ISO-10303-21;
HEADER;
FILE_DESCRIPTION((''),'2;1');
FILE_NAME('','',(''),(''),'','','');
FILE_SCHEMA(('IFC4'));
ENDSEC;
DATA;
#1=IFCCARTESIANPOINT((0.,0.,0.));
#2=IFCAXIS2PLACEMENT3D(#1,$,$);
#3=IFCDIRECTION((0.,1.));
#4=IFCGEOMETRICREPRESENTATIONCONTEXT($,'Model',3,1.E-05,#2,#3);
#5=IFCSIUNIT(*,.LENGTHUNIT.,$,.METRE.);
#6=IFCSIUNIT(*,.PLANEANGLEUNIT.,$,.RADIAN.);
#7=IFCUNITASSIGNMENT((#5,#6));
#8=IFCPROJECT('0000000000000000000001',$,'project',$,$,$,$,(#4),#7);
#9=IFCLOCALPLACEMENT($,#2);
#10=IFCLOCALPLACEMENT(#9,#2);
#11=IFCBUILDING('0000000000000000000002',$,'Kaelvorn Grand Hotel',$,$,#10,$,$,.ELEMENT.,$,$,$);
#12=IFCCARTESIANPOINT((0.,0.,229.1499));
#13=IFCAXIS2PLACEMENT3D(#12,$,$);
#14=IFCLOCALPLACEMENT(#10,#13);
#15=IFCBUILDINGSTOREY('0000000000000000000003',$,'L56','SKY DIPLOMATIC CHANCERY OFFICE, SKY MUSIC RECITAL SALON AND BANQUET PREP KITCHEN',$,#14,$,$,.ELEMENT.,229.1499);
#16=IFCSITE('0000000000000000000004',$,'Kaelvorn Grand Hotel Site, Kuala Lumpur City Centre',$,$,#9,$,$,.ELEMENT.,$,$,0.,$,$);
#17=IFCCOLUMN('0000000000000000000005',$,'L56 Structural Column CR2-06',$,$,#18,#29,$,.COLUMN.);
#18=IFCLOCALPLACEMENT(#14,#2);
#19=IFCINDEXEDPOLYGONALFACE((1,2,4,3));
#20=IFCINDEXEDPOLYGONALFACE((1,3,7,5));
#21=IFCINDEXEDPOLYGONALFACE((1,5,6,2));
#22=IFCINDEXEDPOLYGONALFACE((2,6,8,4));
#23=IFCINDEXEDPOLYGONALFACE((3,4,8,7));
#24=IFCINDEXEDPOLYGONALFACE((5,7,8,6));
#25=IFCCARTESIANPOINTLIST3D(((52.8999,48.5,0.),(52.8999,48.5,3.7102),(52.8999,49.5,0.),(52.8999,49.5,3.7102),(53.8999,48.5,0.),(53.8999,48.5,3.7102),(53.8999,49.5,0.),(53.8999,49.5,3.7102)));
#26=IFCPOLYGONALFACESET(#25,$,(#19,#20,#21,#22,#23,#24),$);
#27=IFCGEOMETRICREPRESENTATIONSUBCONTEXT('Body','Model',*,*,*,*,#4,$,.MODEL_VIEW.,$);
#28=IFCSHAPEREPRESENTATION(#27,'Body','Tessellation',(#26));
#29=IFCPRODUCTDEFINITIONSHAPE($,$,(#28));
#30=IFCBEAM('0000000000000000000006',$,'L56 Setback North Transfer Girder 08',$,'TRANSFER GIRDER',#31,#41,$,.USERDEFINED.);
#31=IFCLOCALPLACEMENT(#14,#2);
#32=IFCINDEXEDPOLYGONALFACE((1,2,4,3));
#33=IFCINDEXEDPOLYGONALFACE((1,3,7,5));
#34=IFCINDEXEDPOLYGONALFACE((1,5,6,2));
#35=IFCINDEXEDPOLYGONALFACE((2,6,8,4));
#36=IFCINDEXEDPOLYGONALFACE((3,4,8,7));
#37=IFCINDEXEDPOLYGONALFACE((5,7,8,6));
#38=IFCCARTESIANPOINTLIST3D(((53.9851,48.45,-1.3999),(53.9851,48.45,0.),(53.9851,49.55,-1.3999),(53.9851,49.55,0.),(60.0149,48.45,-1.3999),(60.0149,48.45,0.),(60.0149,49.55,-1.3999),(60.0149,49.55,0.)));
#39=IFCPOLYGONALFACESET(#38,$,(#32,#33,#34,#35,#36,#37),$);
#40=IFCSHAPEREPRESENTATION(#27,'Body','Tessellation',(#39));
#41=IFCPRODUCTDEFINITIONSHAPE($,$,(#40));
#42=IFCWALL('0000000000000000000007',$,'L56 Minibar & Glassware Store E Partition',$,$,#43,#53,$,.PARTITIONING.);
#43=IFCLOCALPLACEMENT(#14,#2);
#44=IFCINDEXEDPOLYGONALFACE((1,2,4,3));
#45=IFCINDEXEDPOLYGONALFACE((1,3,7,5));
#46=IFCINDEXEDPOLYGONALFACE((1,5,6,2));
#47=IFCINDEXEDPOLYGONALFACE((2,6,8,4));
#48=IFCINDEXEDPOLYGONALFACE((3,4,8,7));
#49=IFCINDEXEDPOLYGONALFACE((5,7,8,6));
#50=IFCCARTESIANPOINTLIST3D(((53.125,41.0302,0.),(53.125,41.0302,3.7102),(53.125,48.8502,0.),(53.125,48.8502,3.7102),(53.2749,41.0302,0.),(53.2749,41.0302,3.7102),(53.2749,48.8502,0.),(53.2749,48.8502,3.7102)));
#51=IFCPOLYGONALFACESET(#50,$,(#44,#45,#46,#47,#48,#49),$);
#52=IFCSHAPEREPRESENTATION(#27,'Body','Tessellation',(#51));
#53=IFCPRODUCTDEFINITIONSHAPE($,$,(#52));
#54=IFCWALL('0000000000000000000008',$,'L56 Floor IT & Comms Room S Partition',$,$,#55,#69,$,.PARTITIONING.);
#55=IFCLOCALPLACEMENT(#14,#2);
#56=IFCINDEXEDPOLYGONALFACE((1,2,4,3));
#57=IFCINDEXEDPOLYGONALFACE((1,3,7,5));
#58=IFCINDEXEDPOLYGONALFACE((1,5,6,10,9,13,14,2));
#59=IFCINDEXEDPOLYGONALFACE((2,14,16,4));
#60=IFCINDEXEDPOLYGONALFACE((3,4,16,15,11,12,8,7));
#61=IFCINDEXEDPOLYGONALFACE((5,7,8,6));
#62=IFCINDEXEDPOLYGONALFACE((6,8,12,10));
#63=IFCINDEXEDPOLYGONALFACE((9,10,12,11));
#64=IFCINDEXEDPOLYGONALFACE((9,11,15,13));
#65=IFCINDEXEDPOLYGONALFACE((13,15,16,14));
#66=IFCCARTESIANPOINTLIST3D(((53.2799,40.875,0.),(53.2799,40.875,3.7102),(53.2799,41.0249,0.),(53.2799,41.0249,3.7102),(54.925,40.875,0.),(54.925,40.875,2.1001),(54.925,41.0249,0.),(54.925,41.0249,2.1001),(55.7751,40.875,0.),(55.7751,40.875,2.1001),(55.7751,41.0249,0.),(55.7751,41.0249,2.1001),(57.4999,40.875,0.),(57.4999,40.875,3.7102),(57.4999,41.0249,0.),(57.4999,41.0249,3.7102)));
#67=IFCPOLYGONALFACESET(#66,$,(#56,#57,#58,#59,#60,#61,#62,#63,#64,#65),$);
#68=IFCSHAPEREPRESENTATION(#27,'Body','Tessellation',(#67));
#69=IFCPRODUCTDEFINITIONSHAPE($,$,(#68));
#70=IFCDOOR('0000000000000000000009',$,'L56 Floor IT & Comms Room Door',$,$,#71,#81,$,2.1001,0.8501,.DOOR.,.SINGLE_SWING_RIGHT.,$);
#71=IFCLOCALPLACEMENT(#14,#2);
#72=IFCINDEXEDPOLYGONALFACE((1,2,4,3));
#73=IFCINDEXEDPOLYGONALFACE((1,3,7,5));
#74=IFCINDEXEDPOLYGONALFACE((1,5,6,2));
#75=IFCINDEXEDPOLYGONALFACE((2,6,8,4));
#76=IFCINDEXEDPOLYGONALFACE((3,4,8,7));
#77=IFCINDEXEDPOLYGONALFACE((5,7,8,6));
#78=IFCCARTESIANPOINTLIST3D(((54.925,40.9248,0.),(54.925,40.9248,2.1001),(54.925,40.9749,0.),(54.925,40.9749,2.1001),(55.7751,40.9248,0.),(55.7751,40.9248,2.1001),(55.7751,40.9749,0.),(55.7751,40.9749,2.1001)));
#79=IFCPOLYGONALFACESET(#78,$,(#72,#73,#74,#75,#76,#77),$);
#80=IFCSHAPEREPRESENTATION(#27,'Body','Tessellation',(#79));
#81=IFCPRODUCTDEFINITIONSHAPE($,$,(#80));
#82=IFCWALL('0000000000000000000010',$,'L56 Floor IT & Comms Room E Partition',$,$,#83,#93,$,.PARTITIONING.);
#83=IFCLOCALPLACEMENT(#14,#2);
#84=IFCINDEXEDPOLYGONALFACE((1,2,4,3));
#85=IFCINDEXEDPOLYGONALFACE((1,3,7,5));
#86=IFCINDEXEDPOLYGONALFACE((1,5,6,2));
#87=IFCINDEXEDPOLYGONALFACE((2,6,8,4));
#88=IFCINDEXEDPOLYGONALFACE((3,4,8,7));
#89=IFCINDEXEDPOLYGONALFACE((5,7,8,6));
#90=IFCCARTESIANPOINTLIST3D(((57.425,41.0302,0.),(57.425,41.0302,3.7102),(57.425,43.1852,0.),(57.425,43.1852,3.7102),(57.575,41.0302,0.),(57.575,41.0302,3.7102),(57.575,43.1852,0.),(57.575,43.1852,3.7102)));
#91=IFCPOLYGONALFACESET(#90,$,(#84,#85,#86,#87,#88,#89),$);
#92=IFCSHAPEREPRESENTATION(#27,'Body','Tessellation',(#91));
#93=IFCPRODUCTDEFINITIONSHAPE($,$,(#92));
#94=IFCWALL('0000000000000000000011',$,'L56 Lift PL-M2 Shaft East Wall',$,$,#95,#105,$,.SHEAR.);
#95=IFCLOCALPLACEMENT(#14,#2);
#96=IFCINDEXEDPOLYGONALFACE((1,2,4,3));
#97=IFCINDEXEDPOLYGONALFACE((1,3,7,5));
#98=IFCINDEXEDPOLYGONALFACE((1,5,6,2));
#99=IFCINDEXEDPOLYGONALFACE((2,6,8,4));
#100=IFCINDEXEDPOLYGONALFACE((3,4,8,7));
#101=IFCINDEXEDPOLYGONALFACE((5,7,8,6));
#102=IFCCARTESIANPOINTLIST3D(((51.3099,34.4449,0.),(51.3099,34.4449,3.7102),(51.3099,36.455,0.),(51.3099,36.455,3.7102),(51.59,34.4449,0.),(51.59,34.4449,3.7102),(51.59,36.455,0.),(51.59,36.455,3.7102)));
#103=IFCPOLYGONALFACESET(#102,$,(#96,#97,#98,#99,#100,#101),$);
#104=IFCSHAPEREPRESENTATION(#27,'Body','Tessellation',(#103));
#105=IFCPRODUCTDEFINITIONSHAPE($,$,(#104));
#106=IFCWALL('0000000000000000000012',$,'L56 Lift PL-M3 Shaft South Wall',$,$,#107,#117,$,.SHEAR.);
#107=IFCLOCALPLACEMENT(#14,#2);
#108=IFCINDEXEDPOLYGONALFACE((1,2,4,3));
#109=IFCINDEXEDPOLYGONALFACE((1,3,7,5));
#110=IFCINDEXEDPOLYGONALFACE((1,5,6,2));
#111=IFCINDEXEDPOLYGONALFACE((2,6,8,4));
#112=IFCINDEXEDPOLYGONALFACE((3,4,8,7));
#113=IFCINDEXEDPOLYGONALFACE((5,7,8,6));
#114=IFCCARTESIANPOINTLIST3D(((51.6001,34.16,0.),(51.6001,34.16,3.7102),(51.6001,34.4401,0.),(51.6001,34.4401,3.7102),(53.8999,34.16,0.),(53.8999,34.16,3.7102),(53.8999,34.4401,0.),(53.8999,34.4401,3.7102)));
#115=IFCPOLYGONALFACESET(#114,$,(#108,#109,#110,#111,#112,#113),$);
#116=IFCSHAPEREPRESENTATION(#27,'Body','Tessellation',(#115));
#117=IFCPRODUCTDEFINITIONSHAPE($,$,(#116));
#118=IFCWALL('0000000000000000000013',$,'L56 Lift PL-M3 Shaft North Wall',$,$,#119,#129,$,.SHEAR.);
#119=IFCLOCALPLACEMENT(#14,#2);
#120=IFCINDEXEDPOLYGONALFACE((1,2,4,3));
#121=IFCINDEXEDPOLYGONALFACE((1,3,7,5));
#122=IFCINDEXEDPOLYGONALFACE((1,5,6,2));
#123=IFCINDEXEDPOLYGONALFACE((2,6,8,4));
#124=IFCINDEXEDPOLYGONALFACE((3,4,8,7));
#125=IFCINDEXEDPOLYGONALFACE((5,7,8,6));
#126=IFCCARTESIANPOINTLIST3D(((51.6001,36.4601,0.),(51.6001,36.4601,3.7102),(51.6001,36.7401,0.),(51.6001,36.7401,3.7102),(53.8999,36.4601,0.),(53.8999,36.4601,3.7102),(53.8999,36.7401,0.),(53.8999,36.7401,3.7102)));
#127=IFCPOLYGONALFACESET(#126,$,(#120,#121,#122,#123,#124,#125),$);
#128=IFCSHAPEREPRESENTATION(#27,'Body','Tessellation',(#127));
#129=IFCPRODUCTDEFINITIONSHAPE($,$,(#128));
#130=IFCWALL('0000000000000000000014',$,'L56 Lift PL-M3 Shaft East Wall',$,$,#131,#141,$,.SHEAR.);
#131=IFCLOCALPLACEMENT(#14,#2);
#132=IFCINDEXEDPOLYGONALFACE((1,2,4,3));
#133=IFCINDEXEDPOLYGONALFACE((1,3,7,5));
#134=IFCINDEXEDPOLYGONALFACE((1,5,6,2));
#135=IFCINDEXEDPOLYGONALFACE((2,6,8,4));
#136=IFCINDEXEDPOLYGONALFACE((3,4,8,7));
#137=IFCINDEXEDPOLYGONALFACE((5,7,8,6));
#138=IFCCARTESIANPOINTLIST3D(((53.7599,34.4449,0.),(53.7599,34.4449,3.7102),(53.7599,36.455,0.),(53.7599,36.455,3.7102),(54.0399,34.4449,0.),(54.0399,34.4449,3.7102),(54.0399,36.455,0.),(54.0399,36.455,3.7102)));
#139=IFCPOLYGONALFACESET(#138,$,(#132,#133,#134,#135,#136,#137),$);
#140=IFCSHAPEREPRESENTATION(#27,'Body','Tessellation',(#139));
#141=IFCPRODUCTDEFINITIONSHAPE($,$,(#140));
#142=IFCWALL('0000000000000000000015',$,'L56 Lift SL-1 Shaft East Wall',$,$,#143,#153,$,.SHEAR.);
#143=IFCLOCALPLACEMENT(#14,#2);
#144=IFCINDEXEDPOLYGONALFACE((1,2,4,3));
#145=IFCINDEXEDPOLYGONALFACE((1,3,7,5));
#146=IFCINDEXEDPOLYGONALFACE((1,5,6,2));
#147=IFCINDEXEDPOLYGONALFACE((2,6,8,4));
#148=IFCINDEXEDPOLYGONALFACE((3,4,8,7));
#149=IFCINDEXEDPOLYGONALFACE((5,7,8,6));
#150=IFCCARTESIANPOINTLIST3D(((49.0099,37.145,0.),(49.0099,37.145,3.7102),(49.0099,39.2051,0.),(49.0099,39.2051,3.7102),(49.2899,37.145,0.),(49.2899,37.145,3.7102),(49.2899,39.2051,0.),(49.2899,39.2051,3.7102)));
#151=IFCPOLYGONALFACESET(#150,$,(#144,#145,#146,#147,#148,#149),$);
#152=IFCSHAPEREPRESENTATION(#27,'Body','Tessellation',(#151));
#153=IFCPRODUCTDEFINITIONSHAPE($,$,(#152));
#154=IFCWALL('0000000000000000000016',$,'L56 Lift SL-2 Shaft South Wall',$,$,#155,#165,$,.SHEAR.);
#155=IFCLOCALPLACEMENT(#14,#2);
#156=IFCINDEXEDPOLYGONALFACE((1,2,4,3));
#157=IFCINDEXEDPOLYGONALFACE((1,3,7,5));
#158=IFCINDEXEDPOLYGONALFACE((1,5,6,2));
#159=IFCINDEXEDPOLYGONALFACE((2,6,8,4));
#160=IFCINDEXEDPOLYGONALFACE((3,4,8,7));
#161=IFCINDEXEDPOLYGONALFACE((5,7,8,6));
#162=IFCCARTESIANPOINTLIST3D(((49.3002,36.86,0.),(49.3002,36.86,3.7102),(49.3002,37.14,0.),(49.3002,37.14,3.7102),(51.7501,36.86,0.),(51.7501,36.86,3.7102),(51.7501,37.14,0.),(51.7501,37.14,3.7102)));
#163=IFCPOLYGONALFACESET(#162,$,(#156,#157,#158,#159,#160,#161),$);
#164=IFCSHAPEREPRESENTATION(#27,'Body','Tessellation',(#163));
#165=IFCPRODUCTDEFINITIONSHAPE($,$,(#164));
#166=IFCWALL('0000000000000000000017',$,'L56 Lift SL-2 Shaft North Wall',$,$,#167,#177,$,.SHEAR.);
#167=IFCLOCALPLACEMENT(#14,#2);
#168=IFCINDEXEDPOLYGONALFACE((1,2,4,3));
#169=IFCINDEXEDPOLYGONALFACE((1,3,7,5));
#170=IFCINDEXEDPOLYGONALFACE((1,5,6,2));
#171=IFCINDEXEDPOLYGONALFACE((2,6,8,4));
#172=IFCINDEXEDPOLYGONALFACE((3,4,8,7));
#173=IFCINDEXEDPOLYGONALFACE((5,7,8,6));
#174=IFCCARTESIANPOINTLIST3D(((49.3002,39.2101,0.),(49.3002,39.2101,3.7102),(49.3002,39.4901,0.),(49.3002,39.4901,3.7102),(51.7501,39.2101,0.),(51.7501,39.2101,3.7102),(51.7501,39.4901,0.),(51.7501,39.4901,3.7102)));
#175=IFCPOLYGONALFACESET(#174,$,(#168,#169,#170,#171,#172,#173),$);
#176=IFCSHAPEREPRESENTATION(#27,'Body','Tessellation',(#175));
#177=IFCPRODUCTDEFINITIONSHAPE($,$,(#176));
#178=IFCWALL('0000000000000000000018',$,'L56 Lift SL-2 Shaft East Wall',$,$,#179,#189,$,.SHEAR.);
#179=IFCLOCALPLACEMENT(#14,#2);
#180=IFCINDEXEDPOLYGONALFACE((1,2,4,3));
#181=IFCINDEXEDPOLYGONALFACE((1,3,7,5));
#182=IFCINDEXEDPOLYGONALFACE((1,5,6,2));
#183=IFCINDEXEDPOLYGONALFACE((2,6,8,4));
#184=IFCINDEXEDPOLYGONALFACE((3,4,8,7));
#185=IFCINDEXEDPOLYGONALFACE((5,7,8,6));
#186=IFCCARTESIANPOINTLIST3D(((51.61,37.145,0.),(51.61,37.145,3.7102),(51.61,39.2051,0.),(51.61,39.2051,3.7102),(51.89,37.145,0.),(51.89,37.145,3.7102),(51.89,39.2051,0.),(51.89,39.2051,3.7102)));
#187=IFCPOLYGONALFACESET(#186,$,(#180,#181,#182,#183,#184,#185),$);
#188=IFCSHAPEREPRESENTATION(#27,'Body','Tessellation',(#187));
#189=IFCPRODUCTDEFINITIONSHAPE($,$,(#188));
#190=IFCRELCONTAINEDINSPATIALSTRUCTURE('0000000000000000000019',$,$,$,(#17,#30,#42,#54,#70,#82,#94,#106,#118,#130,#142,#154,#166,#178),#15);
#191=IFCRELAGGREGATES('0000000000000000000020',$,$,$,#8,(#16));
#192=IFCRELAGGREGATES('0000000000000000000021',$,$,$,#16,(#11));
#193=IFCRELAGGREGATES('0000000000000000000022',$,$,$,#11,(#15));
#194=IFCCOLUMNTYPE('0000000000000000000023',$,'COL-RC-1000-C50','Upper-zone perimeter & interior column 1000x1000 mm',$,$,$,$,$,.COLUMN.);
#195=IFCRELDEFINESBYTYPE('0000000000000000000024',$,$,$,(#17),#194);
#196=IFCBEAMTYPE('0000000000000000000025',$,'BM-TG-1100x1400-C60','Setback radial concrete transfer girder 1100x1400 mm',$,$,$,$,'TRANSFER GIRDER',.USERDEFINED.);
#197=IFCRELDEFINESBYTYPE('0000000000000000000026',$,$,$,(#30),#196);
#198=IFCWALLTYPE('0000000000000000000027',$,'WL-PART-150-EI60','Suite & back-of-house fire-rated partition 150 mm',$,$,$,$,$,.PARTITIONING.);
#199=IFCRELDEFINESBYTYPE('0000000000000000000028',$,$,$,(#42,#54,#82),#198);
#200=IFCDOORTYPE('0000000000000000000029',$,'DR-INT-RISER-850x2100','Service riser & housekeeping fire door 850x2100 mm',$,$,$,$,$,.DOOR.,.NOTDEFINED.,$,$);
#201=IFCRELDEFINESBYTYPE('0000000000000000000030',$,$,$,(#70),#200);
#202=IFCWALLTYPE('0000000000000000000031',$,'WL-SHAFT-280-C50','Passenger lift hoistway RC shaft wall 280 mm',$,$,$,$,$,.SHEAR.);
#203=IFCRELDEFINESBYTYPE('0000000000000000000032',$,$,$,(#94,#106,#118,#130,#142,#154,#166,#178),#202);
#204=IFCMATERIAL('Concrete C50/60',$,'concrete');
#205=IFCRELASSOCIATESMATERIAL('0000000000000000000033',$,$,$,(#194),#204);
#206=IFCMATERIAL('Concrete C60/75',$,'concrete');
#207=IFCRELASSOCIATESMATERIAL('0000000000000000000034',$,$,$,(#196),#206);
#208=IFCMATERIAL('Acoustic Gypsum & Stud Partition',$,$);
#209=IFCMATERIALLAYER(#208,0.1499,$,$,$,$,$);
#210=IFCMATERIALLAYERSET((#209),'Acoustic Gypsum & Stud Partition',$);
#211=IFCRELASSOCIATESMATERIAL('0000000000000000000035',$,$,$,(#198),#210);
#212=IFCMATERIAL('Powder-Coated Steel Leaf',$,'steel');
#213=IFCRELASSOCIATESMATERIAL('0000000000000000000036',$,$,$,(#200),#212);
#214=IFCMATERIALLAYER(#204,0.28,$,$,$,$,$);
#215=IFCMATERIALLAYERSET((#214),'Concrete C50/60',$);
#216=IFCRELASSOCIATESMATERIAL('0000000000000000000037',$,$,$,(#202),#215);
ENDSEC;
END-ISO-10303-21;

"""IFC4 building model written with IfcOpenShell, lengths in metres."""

from ifc_helpers import new_model, si_unit, direction, frame, frame_2d, origin, origin_2d, place, context, subcontext, project, spatial, rectangle, extrude, material, layer, layer_set, material_profile, profile_set, type_object, element, fill, save


model = new_model("IFC4")

# Units and contexts
model_context = context("Model", 3, precision=1e-05, world=origin(), true_north=direction((0.0, 1.0)))
body_context = subcontext(model_context, "Body", "Model", "MODEL_VIEW")
ifc_project = project(units=[si_unit("LENGTHUNIT", "METRE"), si_unit("PLANEANGLEUNIT", "RADIAN")], contexts=[model_context])

# Site, building, storey
site_placement = place(None, origin())
site = spatial("IfcSite", under=ifc_project, at=site_placement, Name="Kaelvorn Grand Hotel Site, Kuala Lumpur City Centre", CompositionType="ELEMENT", RefElevation=0.0)
building_placement = place(site_placement, origin())
building = spatial("IfcBuilding", under=site, at=building_placement, Name="Kaelvorn Grand Hotel", CompositionType="ELEMENT")
storey_placement = place(building_placement, frame((0.0, 0.0, 229.1499)))
storey = spatial("IfcBuildingStorey", under=building, at=storey_placement, Name="L56", Description="SKY DIPLOMATIC CHANCERY OFFICE, SKY MUSIC RECITAL SALON AND BANQUET PREP KITCHEN", CompositionType="ELEMENT", Elevation=229.1499)

# Column
ifc_material_1 = material(Name="Concrete C50/60", Category="concrete")
ifc_material_profile_1 = material_profile(ifc_material_1, rectangle(XDim=1.0, YDim=1.0, at=origin_2d()), Name="RC COL 1000x1000")
ifc_profile_set_1 = profile_set([ifc_material_profile_1], Name="Concrete C50/60")
column_type = type_object("IfcColumnType", Name="COL-RC-1000-C50", Description="Upper-zone perimeter & interior column 1000x1000 mm", PredefinedType="COLUMN", material=ifc_profile_set_1)
column_placement = place(storey_placement, frame((53.3999, 49.0, 0.0), z_axis=(0.0, 0.0, 1.0), x_axis=(1.0, 0.0, 0.0)))
element("IfcColumn", 1, at=column_placement, inside=storey, type_object=column_type, Name="L56 Structural Column CR2-06", PredefinedType="COLUMN", context=body_context, shape_type="SweptSolid", body=[
    extrude(rectangle(XDim=1.0, YDim=1.0, at=origin_2d()), origin(), (0.0, 0.0, 1.0), 3.7102),
])

# Beam
ifc_material_2 = material(Name="Concrete C60/75", Category="concrete")
ifc_material_profile_2 = material_profile(ifc_material_2, rectangle(XDim=1.1001, YDim=1.3999, at=origin_2d()), Name="RC TG 1100x1400")
ifc_profile_set_2 = profile_set([ifc_material_profile_2], Name="Concrete C60/75")
beam_type = type_object("IfcBeamType", Name="BM-TG-1100x1400-C60", Description="Setback radial concrete transfer girder 1100x1400 mm", ElementType="TRANSFER GIRDER", PredefinedType="USERDEFINED", material=ifc_profile_set_2)
beam_placement = place(storey_placement, frame((53.9851, 49.0, -0.7), z_axis=(1.0, 0.0, 0.0), x_axis=(0.0, 1.0, 0.0)))
element("IfcBeam", 2, at=beam_placement, inside=storey, type_object=beam_type, Name="L56 Setback North Transfer Girder 08", ObjectType="TRANSFER GIRDER", PredefinedType="USERDEFINED", context=body_context, shape_type="SweptSolid", body=[
    extrude(rectangle(XDim=1.1001, YDim=1.3999, at=origin_2d()), origin(), (0.0, 0.0, 1.0), 6.0298),
])

# Wall
ifc_material_3 = material(Name="Acoustic Gypsum & Stud Partition")
ifc_layer_1 = layer(ifc_material_3, 0.1499)
ifc_layer_set_1 = layer_set([ifc_layer_1], Name="Acoustic Gypsum & Stud Partition")
wall_type_1 = type_object("IfcWallType", Name="WL-PART-150-EI60", Description="Suite & back-of-house fire-rated partition 150 mm", PredefinedType="PARTITIONING", material=ifc_layer_set_1)
wall_1_placement = place(storey_placement, frame((53.2, 41.03, 0.0), z_axis=(0.0, 0.0, 1.0), x_axis=(0.0, 1.0, 0.0)))
element("IfcWall", 3, at=wall_1_placement, inside=storey, type_object=wall_type_1, Name="L56 Minibar & Glassware Store E Partition", PredefinedType="PARTITIONING", context=body_context, shape_type="SweptSolid", body=[
    extrude(rectangle(XDim=7.8201, YDim=0.1499, at=frame_2d((3.9102, 0.0))), origin(), (0.0, 0.0, 1.0), 3.7102),
])

# Wall, opening, door
wall_2_placement = place(storey_placement, frame((53.28, 40.95, 0.0), z_axis=(0.0, 0.0, 1.0), x_axis=(1.0, 0.0, 0.0)))
wall_2 = element("IfcWall", 4, at=wall_2_placement, inside=storey, type_object=wall_type_1, Name="L56 Floor IT & Comms Room S Partition", PredefinedType="PARTITIONING", context=body_context, shape_type="SweptSolid", body=[
    extrude(rectangle(XDim=4.22, YDim=0.1499, at=frame_2d((2.1099, 0.0))), origin(), (0.0, 0.0, 1.0), 3.7102),
])
opening_1_placement = place(wall_2_placement, frame((1.645, 0.0, 0.0)))
opening_1 = element("IfcOpeningElement", 5, at=opening_1_placement, cuts=wall_2, PredefinedType="OPENING", context=body_context, shape_type="SweptSolid", body=[
    extrude(rectangle(XDim=0.8501, YDim=2.1001, at=frame_2d((0.425, 1.05))), frame((0.0, 0.085, 0.0), z_axis=(0.0, -1.0, 0.0), x_axis=(1.0, 0.0, 0.0)), (0.0, 0.0, 1.0), 0.1699),
])
ifc_material_4 = material(Name="Powder-Coated Steel Leaf", Category="steel")
door_type_1 = type_object("IfcDoorType", Name="DR-INT-RISER-850x2100", Description="Service riser & housekeeping fire door 850x2100 mm", OperationType="NOTDEFINED", PredefinedType="DOOR", material=ifc_material_4)
door_1_placement = place(opening_1_placement, origin())
door_1 = element("IfcDoor", 6, at=door_1_placement, inside=storey, type_object=door_type_1, Name="L56 Floor IT & Comms Room Door", OperationType="SINGLE_SWING_RIGHT", OverallHeight=2.1001, OverallWidth=0.8501, PredefinedType="DOOR", context=body_context, shape_type="SweptSolid", body=[
    extrude(rectangle(XDim=0.8501, YDim=2.1001, at=frame_2d((0.425, 1.05))), frame((0.0, 0.0249, 0.0), z_axis=(0.0, -1.0, 0.0), x_axis=(1.0, 0.0, 0.0)), (0.0, 0.0, 1.0), 0.05),
])
fill(opening_1, door_1)

# Wall
wall_3_placement = place(storey_placement, frame((57.5, 41.03, 0.0), z_axis=(0.0, 0.0, 1.0), x_axis=(0.0, 1.0, 0.0)))
element("IfcWall", 7, at=wall_3_placement, inside=storey, type_object=wall_type_1, Name="L56 Floor IT & Comms Room E Partition", PredefinedType="PARTITIONING", context=body_context, shape_type="SweptSolid", body=[
    extrude(rectangle(XDim=2.155, YDim=0.1499, at=frame_2d((1.0776, 0.0))), origin(), (0.0, 0.0, 1.0), 3.7102),
])

# Walls
ifc_layer_2 = layer(ifc_material_1, 0.28)
ifc_layer_set_2 = layer_set([ifc_layer_2], Name="Concrete C50/60")
wall_type_2 = type_object("IfcWallType", Name="WL-SHAFT-280-C50", Description="Passenger lift hoistway RC shaft wall 280 mm", PredefinedType="SHEAR", material=ifc_layer_set_2)
wall_4_placement = place(storey_placement, frame((51.45, 34.4451, 0.0), z_axis=(0.0, 0.0, 1.0), x_axis=(0.0, 1.0, 0.0)))
element("IfcWall", 8, at=wall_4_placement, inside=storey, type_object=wall_type_2, Name="L56 Lift PL-M2 Shaft East Wall", PredefinedType="SHEAR", context=body_context, shape_type="SweptSolid", body=[
    extrude(rectangle(XDim=2.01, YDim=0.28, at=frame_2d((1.0049, 0.0))), origin(), (0.0, 0.0, 1.0), 3.7102),
])
for number, where, z_axis, x_axis, name in (
    (9, (51.6001, 34.3, 0.0), (0.0, 0.0, 1.0), (1.0, 0.0, 0.0), "L56 Lift PL-M3 Shaft South Wall"),
    (10, (51.6001, 36.6001, 0.0), (0.0, 0.0, 1.0), (1.0, 0.0, 0.0), "L56 Lift PL-M3 Shaft North Wall"),
):
    element("IfcWall", number, at=place(storey_placement, frame(where, z_axis=z_axis, x_axis=x_axis)), inside=storey, type_object=wall_type_2, Name=name, PredefinedType="SHEAR", context=body_context, shape_type="SweptSolid", body=[
        extrude(rectangle(XDim=2.2998, YDim=0.28, at=frame_2d((1.1499, 0.0))), origin(), (0.0, 0.0, 1.0), 3.7102),
    ])
wall_5_placement = place(storey_placement, frame((53.8999, 34.4451, 0.0), z_axis=(0.0, 0.0, 1.0), x_axis=(0.0, 1.0, 0.0)))
element("IfcWall", 11, at=wall_5_placement, inside=storey, type_object=wall_type_2, Name="L56 Lift PL-M3 Shaft East Wall", PredefinedType="SHEAR", context=body_context, shape_type="SweptSolid", body=[
    extrude(rectangle(XDim=2.01, YDim=0.28, at=frame_2d((1.0049, 0.0))), origin(), (0.0, 0.0, 1.0), 3.7102),
])
wall_6_placement = place(storey_placement, frame((49.1499, 37.145, 0.0), z_axis=(0.0, 0.0, 1.0), x_axis=(0.0, 1.0, 0.0)))
element("IfcWall", 12, at=wall_6_placement, inside=storey, type_object=wall_type_2, Name="L56 Lift SL-1 Shaft East Wall", PredefinedType="SHEAR", context=body_context, shape_type="SweptSolid", body=[
    extrude(rectangle(XDim=2.0601, YDim=0.28, at=frame_2d((1.03, 0.0))), origin(), (0.0, 0.0, 1.0), 3.7102),
])
for number, where, z_axis, x_axis, name in (
    (13, (49.3, 37.0, 0.0), (0.0, 0.0, 1.0), (1.0, 0.0, 0.0), "L56 Lift SL-2 Shaft South Wall"),
    (14, (49.3, 39.3501, 0.0), (0.0, 0.0, 1.0), (1.0, 0.0, 0.0), "L56 Lift SL-2 Shaft North Wall"),
):
    element("IfcWall", number, at=place(storey_placement, frame(where, z_axis=z_axis, x_axis=x_axis)), inside=storey, type_object=wall_type_2, Name=name, PredefinedType="SHEAR", context=body_context, shape_type="SweptSolid", body=[
        extrude(rectangle(XDim=2.45, YDim=0.28, at=frame_2d((1.2251, 0.0))), origin(), (0.0, 0.0, 1.0), 3.7102),
    ])
wall_7_placement = place(storey_placement, frame((51.75, 37.145, 0.0), z_axis=(0.0, 0.0, 1.0), x_axis=(0.0, 1.0, 0.0)))
element("IfcWall", 15, at=wall_7_placement, inside=storey, type_object=wall_type_2, Name="L56 Lift SL-2 Shaft East Wall", PredefinedType="SHEAR", context=body_context, shape_type="SweptSolid", body=[
    extrude(rectangle(XDim=2.0601, YDim=0.28, at=frame_2d((1.03, 0.0))), origin(), (0.0, 0.0, 1.0), 3.7102),
])

save(model, "model.ifc")
